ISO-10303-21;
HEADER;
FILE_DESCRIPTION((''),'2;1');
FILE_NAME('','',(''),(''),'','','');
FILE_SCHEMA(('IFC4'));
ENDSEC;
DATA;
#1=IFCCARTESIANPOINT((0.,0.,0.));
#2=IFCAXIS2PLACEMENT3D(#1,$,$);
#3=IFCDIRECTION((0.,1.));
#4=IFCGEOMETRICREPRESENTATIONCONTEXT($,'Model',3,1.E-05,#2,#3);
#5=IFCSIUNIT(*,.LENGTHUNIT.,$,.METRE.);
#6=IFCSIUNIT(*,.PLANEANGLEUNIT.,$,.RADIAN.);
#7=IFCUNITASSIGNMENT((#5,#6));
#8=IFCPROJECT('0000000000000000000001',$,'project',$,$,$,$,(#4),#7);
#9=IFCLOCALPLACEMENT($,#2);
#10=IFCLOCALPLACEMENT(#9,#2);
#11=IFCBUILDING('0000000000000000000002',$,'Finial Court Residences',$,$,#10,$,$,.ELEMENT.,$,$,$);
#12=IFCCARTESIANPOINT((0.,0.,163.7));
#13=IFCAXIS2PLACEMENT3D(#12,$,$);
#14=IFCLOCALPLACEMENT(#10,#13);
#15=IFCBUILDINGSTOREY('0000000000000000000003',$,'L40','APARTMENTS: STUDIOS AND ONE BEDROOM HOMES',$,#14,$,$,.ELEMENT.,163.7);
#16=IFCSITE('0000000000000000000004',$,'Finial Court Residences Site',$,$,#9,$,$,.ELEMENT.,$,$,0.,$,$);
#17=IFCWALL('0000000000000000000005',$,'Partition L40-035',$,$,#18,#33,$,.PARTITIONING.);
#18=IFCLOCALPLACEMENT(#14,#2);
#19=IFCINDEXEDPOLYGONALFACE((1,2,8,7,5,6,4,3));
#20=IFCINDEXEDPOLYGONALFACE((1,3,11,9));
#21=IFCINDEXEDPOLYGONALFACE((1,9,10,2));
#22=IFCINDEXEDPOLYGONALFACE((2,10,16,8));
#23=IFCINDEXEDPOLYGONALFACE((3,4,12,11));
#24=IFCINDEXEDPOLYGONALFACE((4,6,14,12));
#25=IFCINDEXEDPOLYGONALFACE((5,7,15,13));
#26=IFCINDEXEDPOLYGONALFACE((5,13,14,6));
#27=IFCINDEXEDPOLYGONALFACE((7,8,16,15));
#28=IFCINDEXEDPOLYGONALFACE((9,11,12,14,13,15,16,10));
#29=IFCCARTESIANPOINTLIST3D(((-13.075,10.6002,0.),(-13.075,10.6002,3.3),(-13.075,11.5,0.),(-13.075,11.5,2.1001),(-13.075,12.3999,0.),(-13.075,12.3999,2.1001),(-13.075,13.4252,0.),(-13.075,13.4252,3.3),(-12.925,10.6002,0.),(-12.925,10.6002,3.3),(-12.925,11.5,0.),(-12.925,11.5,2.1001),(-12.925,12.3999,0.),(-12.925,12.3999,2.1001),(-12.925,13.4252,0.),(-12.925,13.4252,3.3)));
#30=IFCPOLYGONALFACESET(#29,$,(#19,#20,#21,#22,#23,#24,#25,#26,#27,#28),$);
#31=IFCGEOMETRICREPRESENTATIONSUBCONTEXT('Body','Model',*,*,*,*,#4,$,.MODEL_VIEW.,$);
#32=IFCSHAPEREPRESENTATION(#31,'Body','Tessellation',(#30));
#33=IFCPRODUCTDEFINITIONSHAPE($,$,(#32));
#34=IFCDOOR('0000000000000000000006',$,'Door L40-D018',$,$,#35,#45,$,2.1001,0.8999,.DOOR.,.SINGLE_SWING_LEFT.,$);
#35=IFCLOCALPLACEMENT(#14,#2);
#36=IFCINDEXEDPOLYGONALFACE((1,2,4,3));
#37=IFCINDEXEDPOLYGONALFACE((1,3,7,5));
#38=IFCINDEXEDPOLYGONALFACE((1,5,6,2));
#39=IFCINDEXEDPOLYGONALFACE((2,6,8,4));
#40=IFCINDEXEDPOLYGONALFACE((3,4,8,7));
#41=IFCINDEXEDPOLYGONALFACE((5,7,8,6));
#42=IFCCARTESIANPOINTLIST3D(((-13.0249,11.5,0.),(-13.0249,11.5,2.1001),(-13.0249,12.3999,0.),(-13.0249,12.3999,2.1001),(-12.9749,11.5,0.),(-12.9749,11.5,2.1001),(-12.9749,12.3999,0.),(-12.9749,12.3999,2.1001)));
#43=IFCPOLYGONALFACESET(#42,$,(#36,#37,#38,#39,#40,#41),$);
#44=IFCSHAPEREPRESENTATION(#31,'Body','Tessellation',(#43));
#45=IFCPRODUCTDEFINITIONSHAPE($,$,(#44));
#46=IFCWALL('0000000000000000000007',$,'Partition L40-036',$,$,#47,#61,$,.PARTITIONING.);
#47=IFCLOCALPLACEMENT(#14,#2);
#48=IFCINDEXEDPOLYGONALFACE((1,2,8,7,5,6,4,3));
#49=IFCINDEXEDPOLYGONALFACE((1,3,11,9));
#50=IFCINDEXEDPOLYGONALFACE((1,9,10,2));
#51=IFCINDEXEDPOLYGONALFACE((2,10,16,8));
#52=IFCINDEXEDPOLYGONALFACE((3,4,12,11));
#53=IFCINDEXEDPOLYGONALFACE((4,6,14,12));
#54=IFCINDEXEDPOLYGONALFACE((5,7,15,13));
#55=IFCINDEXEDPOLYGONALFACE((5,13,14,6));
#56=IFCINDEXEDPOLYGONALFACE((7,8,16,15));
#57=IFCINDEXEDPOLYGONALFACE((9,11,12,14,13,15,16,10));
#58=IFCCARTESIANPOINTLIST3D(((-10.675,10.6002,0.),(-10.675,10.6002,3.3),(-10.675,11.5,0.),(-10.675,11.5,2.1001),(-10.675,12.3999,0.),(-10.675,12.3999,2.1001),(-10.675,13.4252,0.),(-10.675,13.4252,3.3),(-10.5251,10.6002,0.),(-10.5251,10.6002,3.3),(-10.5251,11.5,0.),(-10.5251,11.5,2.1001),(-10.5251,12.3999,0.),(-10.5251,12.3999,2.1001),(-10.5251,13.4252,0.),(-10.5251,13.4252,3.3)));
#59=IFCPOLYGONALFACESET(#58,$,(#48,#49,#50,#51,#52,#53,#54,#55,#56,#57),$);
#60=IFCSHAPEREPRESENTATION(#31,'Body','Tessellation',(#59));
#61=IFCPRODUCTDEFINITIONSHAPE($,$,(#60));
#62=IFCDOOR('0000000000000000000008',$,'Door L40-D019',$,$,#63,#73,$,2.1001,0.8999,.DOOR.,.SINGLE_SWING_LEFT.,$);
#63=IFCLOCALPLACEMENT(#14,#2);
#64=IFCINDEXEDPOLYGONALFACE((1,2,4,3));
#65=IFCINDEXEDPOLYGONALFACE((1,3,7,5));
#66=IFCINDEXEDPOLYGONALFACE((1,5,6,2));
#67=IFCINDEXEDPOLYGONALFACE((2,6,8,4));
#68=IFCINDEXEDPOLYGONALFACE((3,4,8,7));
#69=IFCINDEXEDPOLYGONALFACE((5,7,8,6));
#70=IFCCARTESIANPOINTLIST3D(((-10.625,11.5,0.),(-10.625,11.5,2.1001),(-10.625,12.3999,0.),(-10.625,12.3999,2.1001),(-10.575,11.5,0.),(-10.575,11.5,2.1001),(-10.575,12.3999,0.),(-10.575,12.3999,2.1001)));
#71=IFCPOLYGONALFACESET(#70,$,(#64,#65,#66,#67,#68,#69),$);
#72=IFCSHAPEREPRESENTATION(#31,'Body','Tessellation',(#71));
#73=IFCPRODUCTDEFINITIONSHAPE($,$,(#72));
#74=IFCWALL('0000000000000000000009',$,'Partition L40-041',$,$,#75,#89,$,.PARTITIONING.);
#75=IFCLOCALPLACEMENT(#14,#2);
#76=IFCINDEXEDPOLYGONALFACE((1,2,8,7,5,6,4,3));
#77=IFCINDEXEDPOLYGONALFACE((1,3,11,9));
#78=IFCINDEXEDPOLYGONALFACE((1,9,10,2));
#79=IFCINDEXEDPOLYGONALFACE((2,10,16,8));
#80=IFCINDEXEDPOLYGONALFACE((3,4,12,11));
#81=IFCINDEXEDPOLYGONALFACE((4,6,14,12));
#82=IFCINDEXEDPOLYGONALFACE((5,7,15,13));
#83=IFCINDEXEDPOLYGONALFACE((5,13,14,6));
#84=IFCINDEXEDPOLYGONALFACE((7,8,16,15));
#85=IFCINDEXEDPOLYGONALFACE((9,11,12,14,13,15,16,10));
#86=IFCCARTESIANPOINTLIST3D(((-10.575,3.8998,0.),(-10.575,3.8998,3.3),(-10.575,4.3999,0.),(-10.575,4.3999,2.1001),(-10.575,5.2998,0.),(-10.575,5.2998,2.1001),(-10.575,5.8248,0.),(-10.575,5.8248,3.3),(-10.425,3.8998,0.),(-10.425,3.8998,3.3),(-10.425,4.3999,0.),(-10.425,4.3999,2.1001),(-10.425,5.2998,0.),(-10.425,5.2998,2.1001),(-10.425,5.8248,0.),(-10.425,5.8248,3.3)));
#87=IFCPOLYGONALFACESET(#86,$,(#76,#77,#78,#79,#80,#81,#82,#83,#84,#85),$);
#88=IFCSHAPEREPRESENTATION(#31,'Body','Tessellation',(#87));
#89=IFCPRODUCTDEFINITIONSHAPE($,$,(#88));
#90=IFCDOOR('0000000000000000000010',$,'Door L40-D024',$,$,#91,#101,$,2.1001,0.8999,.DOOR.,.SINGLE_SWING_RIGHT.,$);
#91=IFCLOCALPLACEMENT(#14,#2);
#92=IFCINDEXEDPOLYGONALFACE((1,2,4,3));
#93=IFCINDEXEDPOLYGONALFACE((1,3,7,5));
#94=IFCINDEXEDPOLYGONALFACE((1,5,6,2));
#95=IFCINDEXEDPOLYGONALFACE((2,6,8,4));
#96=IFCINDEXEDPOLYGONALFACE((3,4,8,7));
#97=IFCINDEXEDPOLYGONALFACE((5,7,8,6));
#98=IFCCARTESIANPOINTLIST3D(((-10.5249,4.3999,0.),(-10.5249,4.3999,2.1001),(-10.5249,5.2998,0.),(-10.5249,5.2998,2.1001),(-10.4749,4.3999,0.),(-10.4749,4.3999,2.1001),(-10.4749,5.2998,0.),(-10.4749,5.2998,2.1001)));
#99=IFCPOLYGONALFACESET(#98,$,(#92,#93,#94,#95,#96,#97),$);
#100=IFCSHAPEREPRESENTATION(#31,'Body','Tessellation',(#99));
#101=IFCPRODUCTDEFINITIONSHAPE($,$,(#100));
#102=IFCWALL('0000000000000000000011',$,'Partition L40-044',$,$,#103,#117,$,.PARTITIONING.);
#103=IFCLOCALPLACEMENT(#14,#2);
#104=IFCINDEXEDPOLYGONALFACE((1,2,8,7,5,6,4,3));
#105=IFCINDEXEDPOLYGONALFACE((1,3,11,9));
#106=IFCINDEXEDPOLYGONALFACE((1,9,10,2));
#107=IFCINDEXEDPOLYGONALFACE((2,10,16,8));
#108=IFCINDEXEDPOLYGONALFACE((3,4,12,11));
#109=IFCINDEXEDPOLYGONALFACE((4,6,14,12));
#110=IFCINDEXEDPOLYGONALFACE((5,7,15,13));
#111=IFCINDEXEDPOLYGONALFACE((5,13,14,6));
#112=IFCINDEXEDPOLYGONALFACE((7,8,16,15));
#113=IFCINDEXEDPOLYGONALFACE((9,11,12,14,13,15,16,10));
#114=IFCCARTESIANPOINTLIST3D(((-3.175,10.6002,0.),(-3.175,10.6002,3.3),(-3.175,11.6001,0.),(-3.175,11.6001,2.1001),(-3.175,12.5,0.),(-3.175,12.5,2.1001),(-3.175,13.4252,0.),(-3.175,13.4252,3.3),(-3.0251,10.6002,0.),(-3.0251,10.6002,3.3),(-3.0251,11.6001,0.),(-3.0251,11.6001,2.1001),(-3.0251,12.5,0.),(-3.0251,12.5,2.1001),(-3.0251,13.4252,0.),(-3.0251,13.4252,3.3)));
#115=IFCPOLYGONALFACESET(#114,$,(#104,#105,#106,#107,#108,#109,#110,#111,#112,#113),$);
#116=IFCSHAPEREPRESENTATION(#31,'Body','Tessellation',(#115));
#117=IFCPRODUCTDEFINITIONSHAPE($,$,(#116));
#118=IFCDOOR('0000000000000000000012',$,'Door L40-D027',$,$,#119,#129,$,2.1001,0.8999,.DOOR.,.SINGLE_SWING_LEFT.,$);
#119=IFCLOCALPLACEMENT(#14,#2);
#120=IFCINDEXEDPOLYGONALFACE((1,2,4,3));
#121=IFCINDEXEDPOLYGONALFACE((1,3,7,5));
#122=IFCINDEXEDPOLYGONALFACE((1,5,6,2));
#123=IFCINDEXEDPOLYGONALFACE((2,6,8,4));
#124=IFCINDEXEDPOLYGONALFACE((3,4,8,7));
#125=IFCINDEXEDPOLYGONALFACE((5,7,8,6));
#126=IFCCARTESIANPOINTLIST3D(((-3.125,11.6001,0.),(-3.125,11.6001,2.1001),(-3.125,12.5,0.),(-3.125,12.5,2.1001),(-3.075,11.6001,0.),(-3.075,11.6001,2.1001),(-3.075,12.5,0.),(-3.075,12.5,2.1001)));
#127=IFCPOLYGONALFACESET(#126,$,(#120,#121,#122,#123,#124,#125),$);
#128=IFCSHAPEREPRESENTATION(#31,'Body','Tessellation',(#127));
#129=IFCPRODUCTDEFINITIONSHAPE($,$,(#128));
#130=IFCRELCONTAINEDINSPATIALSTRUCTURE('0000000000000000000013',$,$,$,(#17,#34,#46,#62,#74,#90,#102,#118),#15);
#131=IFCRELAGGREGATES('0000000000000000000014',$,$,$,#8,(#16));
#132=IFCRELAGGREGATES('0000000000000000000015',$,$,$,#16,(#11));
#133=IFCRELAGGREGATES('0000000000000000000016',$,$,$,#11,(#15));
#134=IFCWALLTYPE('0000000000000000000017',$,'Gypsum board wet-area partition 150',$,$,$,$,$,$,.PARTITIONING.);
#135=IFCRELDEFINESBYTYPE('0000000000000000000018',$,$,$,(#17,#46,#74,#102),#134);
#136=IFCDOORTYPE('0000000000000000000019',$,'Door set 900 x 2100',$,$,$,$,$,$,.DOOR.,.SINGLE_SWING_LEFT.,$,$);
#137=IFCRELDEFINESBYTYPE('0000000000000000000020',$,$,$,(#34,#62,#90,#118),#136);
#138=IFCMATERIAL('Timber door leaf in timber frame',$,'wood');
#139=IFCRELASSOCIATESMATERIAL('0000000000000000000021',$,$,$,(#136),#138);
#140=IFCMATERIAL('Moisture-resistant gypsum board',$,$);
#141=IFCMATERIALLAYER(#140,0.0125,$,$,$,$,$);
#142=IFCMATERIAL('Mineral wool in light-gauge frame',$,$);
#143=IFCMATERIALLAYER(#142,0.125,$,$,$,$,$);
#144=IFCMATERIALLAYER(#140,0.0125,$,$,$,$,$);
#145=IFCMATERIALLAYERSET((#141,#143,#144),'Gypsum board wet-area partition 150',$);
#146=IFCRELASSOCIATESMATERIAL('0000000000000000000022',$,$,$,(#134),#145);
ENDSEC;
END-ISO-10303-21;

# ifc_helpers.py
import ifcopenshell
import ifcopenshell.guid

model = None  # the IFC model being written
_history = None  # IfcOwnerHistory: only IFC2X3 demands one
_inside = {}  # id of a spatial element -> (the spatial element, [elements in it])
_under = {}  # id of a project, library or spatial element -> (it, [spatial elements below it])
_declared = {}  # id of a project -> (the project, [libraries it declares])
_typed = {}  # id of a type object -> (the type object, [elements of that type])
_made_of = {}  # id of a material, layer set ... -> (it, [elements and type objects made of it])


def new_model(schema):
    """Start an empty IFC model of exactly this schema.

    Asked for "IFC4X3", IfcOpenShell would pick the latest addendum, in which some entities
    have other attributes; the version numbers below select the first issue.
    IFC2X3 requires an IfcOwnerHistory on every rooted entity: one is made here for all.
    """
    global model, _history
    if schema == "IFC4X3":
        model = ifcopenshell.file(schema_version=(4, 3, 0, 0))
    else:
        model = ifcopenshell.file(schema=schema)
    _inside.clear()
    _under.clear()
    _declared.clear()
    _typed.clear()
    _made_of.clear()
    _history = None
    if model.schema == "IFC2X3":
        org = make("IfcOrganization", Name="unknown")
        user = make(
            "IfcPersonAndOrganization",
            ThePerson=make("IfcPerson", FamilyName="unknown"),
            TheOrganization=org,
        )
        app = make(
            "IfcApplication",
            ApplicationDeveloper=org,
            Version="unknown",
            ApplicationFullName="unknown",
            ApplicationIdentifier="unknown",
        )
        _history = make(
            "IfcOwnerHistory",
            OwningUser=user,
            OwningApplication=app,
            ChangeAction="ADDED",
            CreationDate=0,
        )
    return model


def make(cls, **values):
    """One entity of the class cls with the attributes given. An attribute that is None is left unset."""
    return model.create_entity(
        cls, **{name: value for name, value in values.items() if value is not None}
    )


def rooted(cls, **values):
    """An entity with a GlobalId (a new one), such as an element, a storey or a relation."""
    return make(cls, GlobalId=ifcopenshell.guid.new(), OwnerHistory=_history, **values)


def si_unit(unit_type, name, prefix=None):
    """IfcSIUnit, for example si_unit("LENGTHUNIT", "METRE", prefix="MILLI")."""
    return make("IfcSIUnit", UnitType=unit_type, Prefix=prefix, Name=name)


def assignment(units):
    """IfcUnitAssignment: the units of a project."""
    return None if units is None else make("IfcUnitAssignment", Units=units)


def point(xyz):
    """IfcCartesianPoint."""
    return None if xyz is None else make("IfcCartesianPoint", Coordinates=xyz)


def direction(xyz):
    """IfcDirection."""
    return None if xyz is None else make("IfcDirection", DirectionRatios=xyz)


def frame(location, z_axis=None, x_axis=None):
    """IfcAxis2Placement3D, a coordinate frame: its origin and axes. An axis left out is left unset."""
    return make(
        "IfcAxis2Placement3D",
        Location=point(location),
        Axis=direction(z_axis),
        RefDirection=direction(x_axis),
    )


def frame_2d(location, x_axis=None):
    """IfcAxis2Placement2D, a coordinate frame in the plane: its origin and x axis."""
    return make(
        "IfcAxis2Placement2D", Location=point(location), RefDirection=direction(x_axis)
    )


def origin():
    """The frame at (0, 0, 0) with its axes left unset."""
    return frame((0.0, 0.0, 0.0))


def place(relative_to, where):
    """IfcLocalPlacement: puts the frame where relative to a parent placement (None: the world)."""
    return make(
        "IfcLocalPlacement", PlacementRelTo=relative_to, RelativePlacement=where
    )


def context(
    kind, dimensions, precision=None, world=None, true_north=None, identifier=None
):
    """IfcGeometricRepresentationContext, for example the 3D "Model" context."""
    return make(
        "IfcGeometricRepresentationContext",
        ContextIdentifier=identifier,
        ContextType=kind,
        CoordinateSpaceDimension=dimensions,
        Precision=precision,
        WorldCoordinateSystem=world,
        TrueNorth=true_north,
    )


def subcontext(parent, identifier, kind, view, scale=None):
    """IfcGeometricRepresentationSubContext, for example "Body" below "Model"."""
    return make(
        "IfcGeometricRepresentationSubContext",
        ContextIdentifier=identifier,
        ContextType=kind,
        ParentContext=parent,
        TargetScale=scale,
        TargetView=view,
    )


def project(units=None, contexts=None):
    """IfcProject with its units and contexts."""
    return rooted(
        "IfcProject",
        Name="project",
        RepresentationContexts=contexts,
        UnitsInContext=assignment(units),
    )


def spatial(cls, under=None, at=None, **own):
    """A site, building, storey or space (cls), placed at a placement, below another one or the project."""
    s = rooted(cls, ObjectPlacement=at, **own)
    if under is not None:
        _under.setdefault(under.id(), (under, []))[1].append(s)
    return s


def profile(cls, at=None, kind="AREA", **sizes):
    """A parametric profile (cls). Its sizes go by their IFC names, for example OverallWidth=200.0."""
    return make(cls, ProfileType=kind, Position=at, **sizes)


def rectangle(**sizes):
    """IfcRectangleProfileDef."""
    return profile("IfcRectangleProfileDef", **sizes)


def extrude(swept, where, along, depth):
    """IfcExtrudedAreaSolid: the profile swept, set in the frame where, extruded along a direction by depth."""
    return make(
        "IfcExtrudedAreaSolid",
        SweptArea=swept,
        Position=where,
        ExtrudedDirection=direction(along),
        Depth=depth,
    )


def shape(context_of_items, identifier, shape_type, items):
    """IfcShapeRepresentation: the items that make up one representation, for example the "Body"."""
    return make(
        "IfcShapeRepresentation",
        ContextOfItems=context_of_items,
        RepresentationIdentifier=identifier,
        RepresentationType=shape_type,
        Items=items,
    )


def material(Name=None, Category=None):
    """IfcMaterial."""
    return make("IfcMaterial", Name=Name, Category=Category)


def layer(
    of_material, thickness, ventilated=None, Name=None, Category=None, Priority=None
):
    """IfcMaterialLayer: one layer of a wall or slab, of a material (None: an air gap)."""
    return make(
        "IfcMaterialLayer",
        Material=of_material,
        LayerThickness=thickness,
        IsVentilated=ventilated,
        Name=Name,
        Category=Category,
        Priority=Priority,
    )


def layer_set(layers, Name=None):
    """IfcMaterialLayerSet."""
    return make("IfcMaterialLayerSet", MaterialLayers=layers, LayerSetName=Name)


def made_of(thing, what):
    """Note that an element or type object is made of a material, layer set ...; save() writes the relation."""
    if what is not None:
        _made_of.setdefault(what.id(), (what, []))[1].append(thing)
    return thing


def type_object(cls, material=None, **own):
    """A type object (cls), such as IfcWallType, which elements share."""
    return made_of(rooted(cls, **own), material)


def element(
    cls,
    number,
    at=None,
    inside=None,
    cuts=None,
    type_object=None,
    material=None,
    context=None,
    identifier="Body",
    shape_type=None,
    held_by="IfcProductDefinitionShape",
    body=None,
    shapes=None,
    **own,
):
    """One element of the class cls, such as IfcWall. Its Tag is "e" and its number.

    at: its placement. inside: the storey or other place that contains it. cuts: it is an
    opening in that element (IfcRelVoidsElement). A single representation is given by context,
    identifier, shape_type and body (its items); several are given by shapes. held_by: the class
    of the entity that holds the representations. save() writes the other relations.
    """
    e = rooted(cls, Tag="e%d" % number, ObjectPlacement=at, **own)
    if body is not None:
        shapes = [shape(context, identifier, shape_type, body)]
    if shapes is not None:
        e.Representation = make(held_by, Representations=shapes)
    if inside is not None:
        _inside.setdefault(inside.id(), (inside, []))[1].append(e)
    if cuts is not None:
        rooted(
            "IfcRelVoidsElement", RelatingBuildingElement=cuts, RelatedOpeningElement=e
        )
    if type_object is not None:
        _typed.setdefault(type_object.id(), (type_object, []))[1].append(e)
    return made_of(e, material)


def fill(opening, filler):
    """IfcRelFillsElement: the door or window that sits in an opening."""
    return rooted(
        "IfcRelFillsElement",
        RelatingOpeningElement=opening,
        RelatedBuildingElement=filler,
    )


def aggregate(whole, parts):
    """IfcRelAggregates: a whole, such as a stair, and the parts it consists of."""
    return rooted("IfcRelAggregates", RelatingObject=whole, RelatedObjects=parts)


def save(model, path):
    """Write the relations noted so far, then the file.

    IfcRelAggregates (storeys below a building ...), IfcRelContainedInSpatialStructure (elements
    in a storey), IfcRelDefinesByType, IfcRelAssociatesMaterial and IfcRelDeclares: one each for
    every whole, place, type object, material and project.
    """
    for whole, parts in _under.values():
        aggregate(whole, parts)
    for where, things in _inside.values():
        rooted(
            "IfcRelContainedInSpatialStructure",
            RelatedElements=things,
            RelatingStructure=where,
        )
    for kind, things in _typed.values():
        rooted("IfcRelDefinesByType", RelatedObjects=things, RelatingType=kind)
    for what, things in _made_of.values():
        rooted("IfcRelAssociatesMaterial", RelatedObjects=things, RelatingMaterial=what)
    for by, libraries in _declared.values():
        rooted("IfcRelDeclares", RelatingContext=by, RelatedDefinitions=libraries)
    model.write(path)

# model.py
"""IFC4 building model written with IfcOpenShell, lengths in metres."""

from ifc_helpers import new_model, si_unit, direction, frame, frame_2d, origin, place, context, subcontext, project, spatial, rectangle, extrude, material, layer, layer_set, type_object, element, fill, save


model = new_model("IFC4")

# Units and contexts
model_context = context("Model", 3, precision=1e-05, world=origin(), true_north=direction((0.0, 1.0)))
body_context = subcontext(model_context, "Body", "Model", "MODEL_VIEW")
ifc_project = project(units=[si_unit("LENGTHUNIT", "METRE"), si_unit("PLANEANGLEUNIT", "RADIAN")], contexts=[model_context])

# Site, building, storey
site_placement = place(None, origin())
site = spatial("IfcSite", under=ifc_project, at=site_placement, Name="Finial Court Residences Site", CompositionType="ELEMENT", RefElevation=0.0)
building_placement = place(site_placement, origin())
building = spatial("IfcBuilding", under=site, at=building_placement, Name="Finial Court Residences", CompositionType="ELEMENT")
storey_placement = place(building_placement, frame((0.0, 0.0, 163.7)))
storey = spatial("IfcBuildingStorey", under=building, at=storey_placement, Name="L40", Description="APARTMENTS: STUDIOS AND ONE BEDROOM HOMES", CompositionType="ELEMENT", Elevation=163.7)

# Shared definitions
ifc_material_1 = material(Name="Mineral wool in light-gauge frame")
ifc_material_2 = material(Name="Timber door leaf in timber frame", Category="wood")
door_type = type_object("IfcDoorType", Name="Door set 900 x 2100", OperationType="SINGLE_SWING_LEFT", PredefinedType="DOOR", material=ifc_material_2)

# Shared definitions
ifc_material_3 = material(Name="Moisture-resistant gypsum board")
ifc_layer_1 = layer(ifc_material_3, 0.0125)
ifc_layer_2 = layer(ifc_material_1, 0.125)
ifc_layer_3 = layer(ifc_material_3, 0.0125)
ifc_layer_set_1 = layer_set([ifc_layer_1, ifc_layer_2, ifc_layer_3], Name="Gypsum board wet-area partition 150")
wall_type_1 = type_object("IfcWallType", Name="Gypsum board wet-area partition 150", PredefinedType="PARTITIONING", material=ifc_layer_set_1)

# Walls, openings, doors
wall_1_placement = place(storey_placement, frame((-13.0, 10.6001, 0.0), z_axis=(0.0, 0.0, 1.0), x_axis=(0.0, 1.0, 0.0)))
wall_1 = element("IfcWall", 1, at=wall_1_placement, inside=storey, type_object=wall_type_1, Name="Partition L40-035", PredefinedType="PARTITIONING", context=body_context, shape_type="SweptSolid", body=[
    extrude(rectangle(XDim=2.825, YDim=0.1499, at=frame_2d((1.4126, 0.0))), origin(), (0.0, 0.0, 1.0), 3.3),
])
opening_1_placement = place(wall_1_placement, frame((0.8999, 0.0, 0.0)))
opening_1 = element("IfcOpeningElement", 2, at=opening_1_placement, cuts=wall_1, PredefinedType="OPENING", context=body_context, shape_type="SweptSolid", body=[
    extrude(rectangle(XDim=0.8999, YDim=2.1001, at=frame_2d((0.45, 1.05))), frame((0.0, 0.085, 0.0), z_axis=(0.0, -1.0, 0.0), x_axis=(1.0, 0.0, 0.0)), (0.0, 0.0, 1.0), 0.1699),
])
door_1_placement = place(opening_1_placement, origin())
door_1 = element("IfcDoor", 3, at=door_1_placement, inside=storey, type_object=door_type, Name="Door L40-D018", OperationType="SINGLE_SWING_LEFT", OverallHeight=2.1001, OverallWidth=0.8999, PredefinedType="DOOR", context=body_context, shape_type="SweptSolid", body=[
    extrude(rectangle(XDim=0.8999, YDim=2.1001, at=frame_2d((0.45, 1.05))), frame((0.0, 0.0249, 0.0), z_axis=(0.0, -1.0, 0.0), x_axis=(1.0, 0.0, 0.0)), (0.0, 0.0, 1.0), 0.05),
])
fill(opening_1, door_1)
wall_2_placement = place(storey_placement, frame((-10.6001, 10.6001, 0.0), z_axis=(0.0, 0.0, 1.0), x_axis=(0.0, 1.0, 0.0)))
wall_2 = element("IfcWall", 4, at=wall_2_placement, inside=storey, type_object=wall_type_1, Name="Partition L40-036", PredefinedType="PARTITIONING", context=body_context, shape_type="SweptSolid", body=[
    extrude(rectangle(XDim=2.825, YDim=0.1499, at=frame_2d((1.4126, 0.0))), origin(), (0.0, 0.0, 1.0), 3.3),
])
opening_2_placement = place(wall_2_placement, frame((0.8999, 0.0, 0.0)))
opening_2 = element("IfcOpeningElement", 5, at=opening_2_placement, cuts=wall_2, PredefinedType="OPENING", context=body_context, shape_type="SweptSolid", body=[
    extrude(rectangle(XDim=0.8999, YDim=2.1001, at=frame_2d((0.45, 1.05))), frame((0.0, 0.085, 0.0), z_axis=(0.0, -1.0, 0.0), x_axis=(1.0, 0.0, 0.0)), (0.0, 0.0, 1.0), 0.1699),
])
door_2_placement = place(opening_2_placement, origin())
door_2 = element("IfcDoor", 6, at=door_2_placement, inside=storey, type_object=door_type, Name="Door L40-D019", OperationType="SINGLE_SWING_LEFT", OverallHeight=2.1001, OverallWidth=0.8999, PredefinedType="DOOR", context=body_context, shape_type="SweptSolid", body=[
    extrude(rectangle(XDim=0.8999, YDim=2.1001, at=frame_2d((0.45, 1.05))), frame((0.0, 0.0249, 0.0), z_axis=(0.0, -1.0, 0.0), x_axis=(1.0, 0.0, 0.0)), (0.0, 0.0, 1.0), 0.05),
])
fill(opening_2, door_2)
wall_3_placement = place(storey_placement, frame((-10.5, 3.8999, 0.0), z_axis=(0.0, 0.0, 1.0), x_axis=(0.0, 1.0, 0.0)))
wall_3 = element("IfcWall", 7, at=wall_3_placement, inside=storey, type_object=wall_type_1, Name="Partition L40-041", PredefinedType="PARTITIONING", context=body_context, shape_type="SweptSolid", body=[
    extrude(rectangle(XDim=1.925, YDim=0.1499, at=frame_2d((0.9624, 0.0))), origin(), (0.0, 0.0, 1.0), 3.3),
])
opening_3_placement = place(wall_3_placement, frame((0.5, 0.0, 0.0)))
opening_3 = element("IfcOpeningElement", 8, at=opening_3_placement, cuts=wall_3, PredefinedType="OPENING", context=body_context, shape_type="SweptSolid", body=[
    extrude(rectangle(XDim=0.8999, YDim=2.1001, at=frame_2d((0.45, 1.05))), frame((0.0, 0.085, 0.0), z_axis=(0.0, -1.0, 0.0), x_axis=(1.0, 0.0, 0.0)), (0.0, 0.0, 1.0), 0.1699),
])
door_3_placement = place(opening_3_placement, origin())
door_3 = element("IfcDoor", 9, at=door_3_placement, inside=storey, type_object=door_type, Name="Door L40-D024", OperationType="SINGLE_SWING_RIGHT", OverallHeight=2.1001, OverallWidth=0.8999, PredefinedType="DOOR", context=body_context, shape_type="SweptSolid", body=[
    extrude(rectangle(XDim=0.8999, YDim=2.1001, at=frame_2d((0.45, 1.05))), frame((0.0, 0.0249, 0.0), z_axis=(0.0, -1.0, 0.0), x_axis=(1.0, 0.0, 0.0)), (0.0, 0.0, 1.0), 0.05),
])
fill(opening_3, door_3)
wall_4_placement = place(storey_placement, frame((-3.1001, 10.6001, 0.0), z_axis=(0.0, 0.0, 1.0), x_axis=(0.0, 1.0, 0.0)))
wall_4 = element("IfcWall", 10, at=wall_4_placement, inside=storey, type_object=wall_type_1, Name="Partition L40-044", PredefinedType="PARTITIONING", context=body_context, shape_type="SweptSolid", body=[
    extrude(rectangle(XDim=2.825, YDim=0.1499, at=frame_2d((1.4126, 0.0))), origin(), (0.0, 0.0, 1.0), 3.3),
])
opening_4_placement = place(wall_4_placement, frame((1.0, 0.0, 0.0)))
opening_4 = element("IfcOpeningElement", 11, at=opening_4_placement, cuts=wall_4, PredefinedType="OPENING", context=body_context, shape_type="SweptSolid", body=[
    extrude(rectangle(XDim=0.8999, YDim=2.1001, at=frame_2d((0.45, 1.05))), frame((0.0, 0.085, 0.0), z_axis=(0.0, -1.0, 0.0), x_axis=(1.0, 0.0, 0.0)), (0.0, 0.0, 1.0), 0.1699),
])
door_4_placement = place(opening_4_placement, origin())
door_4 = element("IfcDoor", 12, at=door_4_placement, inside=storey, type_object=door_type, Name="Door L40-D027", OperationType="SINGLE_SWING_LEFT", OverallHeight=2.1001, OverallWidth=0.8999, PredefinedType="DOOR", context=body_context, shape_type="SweptSolid", body=[
    extrude(rectangle(XDim=0.8999, YDim=2.1001, at=frame_2d((0.45, 1.05))), frame((0.0, 0.0249, 0.0), z_axis=(0.0, -1.0, 0.0), x_axis=(1.0, 0.0, 0.0)), (0.0, 0.0, 1.0), 0.05),
])
fill(opening_4, door_4)

save(model, "model.ifc")
